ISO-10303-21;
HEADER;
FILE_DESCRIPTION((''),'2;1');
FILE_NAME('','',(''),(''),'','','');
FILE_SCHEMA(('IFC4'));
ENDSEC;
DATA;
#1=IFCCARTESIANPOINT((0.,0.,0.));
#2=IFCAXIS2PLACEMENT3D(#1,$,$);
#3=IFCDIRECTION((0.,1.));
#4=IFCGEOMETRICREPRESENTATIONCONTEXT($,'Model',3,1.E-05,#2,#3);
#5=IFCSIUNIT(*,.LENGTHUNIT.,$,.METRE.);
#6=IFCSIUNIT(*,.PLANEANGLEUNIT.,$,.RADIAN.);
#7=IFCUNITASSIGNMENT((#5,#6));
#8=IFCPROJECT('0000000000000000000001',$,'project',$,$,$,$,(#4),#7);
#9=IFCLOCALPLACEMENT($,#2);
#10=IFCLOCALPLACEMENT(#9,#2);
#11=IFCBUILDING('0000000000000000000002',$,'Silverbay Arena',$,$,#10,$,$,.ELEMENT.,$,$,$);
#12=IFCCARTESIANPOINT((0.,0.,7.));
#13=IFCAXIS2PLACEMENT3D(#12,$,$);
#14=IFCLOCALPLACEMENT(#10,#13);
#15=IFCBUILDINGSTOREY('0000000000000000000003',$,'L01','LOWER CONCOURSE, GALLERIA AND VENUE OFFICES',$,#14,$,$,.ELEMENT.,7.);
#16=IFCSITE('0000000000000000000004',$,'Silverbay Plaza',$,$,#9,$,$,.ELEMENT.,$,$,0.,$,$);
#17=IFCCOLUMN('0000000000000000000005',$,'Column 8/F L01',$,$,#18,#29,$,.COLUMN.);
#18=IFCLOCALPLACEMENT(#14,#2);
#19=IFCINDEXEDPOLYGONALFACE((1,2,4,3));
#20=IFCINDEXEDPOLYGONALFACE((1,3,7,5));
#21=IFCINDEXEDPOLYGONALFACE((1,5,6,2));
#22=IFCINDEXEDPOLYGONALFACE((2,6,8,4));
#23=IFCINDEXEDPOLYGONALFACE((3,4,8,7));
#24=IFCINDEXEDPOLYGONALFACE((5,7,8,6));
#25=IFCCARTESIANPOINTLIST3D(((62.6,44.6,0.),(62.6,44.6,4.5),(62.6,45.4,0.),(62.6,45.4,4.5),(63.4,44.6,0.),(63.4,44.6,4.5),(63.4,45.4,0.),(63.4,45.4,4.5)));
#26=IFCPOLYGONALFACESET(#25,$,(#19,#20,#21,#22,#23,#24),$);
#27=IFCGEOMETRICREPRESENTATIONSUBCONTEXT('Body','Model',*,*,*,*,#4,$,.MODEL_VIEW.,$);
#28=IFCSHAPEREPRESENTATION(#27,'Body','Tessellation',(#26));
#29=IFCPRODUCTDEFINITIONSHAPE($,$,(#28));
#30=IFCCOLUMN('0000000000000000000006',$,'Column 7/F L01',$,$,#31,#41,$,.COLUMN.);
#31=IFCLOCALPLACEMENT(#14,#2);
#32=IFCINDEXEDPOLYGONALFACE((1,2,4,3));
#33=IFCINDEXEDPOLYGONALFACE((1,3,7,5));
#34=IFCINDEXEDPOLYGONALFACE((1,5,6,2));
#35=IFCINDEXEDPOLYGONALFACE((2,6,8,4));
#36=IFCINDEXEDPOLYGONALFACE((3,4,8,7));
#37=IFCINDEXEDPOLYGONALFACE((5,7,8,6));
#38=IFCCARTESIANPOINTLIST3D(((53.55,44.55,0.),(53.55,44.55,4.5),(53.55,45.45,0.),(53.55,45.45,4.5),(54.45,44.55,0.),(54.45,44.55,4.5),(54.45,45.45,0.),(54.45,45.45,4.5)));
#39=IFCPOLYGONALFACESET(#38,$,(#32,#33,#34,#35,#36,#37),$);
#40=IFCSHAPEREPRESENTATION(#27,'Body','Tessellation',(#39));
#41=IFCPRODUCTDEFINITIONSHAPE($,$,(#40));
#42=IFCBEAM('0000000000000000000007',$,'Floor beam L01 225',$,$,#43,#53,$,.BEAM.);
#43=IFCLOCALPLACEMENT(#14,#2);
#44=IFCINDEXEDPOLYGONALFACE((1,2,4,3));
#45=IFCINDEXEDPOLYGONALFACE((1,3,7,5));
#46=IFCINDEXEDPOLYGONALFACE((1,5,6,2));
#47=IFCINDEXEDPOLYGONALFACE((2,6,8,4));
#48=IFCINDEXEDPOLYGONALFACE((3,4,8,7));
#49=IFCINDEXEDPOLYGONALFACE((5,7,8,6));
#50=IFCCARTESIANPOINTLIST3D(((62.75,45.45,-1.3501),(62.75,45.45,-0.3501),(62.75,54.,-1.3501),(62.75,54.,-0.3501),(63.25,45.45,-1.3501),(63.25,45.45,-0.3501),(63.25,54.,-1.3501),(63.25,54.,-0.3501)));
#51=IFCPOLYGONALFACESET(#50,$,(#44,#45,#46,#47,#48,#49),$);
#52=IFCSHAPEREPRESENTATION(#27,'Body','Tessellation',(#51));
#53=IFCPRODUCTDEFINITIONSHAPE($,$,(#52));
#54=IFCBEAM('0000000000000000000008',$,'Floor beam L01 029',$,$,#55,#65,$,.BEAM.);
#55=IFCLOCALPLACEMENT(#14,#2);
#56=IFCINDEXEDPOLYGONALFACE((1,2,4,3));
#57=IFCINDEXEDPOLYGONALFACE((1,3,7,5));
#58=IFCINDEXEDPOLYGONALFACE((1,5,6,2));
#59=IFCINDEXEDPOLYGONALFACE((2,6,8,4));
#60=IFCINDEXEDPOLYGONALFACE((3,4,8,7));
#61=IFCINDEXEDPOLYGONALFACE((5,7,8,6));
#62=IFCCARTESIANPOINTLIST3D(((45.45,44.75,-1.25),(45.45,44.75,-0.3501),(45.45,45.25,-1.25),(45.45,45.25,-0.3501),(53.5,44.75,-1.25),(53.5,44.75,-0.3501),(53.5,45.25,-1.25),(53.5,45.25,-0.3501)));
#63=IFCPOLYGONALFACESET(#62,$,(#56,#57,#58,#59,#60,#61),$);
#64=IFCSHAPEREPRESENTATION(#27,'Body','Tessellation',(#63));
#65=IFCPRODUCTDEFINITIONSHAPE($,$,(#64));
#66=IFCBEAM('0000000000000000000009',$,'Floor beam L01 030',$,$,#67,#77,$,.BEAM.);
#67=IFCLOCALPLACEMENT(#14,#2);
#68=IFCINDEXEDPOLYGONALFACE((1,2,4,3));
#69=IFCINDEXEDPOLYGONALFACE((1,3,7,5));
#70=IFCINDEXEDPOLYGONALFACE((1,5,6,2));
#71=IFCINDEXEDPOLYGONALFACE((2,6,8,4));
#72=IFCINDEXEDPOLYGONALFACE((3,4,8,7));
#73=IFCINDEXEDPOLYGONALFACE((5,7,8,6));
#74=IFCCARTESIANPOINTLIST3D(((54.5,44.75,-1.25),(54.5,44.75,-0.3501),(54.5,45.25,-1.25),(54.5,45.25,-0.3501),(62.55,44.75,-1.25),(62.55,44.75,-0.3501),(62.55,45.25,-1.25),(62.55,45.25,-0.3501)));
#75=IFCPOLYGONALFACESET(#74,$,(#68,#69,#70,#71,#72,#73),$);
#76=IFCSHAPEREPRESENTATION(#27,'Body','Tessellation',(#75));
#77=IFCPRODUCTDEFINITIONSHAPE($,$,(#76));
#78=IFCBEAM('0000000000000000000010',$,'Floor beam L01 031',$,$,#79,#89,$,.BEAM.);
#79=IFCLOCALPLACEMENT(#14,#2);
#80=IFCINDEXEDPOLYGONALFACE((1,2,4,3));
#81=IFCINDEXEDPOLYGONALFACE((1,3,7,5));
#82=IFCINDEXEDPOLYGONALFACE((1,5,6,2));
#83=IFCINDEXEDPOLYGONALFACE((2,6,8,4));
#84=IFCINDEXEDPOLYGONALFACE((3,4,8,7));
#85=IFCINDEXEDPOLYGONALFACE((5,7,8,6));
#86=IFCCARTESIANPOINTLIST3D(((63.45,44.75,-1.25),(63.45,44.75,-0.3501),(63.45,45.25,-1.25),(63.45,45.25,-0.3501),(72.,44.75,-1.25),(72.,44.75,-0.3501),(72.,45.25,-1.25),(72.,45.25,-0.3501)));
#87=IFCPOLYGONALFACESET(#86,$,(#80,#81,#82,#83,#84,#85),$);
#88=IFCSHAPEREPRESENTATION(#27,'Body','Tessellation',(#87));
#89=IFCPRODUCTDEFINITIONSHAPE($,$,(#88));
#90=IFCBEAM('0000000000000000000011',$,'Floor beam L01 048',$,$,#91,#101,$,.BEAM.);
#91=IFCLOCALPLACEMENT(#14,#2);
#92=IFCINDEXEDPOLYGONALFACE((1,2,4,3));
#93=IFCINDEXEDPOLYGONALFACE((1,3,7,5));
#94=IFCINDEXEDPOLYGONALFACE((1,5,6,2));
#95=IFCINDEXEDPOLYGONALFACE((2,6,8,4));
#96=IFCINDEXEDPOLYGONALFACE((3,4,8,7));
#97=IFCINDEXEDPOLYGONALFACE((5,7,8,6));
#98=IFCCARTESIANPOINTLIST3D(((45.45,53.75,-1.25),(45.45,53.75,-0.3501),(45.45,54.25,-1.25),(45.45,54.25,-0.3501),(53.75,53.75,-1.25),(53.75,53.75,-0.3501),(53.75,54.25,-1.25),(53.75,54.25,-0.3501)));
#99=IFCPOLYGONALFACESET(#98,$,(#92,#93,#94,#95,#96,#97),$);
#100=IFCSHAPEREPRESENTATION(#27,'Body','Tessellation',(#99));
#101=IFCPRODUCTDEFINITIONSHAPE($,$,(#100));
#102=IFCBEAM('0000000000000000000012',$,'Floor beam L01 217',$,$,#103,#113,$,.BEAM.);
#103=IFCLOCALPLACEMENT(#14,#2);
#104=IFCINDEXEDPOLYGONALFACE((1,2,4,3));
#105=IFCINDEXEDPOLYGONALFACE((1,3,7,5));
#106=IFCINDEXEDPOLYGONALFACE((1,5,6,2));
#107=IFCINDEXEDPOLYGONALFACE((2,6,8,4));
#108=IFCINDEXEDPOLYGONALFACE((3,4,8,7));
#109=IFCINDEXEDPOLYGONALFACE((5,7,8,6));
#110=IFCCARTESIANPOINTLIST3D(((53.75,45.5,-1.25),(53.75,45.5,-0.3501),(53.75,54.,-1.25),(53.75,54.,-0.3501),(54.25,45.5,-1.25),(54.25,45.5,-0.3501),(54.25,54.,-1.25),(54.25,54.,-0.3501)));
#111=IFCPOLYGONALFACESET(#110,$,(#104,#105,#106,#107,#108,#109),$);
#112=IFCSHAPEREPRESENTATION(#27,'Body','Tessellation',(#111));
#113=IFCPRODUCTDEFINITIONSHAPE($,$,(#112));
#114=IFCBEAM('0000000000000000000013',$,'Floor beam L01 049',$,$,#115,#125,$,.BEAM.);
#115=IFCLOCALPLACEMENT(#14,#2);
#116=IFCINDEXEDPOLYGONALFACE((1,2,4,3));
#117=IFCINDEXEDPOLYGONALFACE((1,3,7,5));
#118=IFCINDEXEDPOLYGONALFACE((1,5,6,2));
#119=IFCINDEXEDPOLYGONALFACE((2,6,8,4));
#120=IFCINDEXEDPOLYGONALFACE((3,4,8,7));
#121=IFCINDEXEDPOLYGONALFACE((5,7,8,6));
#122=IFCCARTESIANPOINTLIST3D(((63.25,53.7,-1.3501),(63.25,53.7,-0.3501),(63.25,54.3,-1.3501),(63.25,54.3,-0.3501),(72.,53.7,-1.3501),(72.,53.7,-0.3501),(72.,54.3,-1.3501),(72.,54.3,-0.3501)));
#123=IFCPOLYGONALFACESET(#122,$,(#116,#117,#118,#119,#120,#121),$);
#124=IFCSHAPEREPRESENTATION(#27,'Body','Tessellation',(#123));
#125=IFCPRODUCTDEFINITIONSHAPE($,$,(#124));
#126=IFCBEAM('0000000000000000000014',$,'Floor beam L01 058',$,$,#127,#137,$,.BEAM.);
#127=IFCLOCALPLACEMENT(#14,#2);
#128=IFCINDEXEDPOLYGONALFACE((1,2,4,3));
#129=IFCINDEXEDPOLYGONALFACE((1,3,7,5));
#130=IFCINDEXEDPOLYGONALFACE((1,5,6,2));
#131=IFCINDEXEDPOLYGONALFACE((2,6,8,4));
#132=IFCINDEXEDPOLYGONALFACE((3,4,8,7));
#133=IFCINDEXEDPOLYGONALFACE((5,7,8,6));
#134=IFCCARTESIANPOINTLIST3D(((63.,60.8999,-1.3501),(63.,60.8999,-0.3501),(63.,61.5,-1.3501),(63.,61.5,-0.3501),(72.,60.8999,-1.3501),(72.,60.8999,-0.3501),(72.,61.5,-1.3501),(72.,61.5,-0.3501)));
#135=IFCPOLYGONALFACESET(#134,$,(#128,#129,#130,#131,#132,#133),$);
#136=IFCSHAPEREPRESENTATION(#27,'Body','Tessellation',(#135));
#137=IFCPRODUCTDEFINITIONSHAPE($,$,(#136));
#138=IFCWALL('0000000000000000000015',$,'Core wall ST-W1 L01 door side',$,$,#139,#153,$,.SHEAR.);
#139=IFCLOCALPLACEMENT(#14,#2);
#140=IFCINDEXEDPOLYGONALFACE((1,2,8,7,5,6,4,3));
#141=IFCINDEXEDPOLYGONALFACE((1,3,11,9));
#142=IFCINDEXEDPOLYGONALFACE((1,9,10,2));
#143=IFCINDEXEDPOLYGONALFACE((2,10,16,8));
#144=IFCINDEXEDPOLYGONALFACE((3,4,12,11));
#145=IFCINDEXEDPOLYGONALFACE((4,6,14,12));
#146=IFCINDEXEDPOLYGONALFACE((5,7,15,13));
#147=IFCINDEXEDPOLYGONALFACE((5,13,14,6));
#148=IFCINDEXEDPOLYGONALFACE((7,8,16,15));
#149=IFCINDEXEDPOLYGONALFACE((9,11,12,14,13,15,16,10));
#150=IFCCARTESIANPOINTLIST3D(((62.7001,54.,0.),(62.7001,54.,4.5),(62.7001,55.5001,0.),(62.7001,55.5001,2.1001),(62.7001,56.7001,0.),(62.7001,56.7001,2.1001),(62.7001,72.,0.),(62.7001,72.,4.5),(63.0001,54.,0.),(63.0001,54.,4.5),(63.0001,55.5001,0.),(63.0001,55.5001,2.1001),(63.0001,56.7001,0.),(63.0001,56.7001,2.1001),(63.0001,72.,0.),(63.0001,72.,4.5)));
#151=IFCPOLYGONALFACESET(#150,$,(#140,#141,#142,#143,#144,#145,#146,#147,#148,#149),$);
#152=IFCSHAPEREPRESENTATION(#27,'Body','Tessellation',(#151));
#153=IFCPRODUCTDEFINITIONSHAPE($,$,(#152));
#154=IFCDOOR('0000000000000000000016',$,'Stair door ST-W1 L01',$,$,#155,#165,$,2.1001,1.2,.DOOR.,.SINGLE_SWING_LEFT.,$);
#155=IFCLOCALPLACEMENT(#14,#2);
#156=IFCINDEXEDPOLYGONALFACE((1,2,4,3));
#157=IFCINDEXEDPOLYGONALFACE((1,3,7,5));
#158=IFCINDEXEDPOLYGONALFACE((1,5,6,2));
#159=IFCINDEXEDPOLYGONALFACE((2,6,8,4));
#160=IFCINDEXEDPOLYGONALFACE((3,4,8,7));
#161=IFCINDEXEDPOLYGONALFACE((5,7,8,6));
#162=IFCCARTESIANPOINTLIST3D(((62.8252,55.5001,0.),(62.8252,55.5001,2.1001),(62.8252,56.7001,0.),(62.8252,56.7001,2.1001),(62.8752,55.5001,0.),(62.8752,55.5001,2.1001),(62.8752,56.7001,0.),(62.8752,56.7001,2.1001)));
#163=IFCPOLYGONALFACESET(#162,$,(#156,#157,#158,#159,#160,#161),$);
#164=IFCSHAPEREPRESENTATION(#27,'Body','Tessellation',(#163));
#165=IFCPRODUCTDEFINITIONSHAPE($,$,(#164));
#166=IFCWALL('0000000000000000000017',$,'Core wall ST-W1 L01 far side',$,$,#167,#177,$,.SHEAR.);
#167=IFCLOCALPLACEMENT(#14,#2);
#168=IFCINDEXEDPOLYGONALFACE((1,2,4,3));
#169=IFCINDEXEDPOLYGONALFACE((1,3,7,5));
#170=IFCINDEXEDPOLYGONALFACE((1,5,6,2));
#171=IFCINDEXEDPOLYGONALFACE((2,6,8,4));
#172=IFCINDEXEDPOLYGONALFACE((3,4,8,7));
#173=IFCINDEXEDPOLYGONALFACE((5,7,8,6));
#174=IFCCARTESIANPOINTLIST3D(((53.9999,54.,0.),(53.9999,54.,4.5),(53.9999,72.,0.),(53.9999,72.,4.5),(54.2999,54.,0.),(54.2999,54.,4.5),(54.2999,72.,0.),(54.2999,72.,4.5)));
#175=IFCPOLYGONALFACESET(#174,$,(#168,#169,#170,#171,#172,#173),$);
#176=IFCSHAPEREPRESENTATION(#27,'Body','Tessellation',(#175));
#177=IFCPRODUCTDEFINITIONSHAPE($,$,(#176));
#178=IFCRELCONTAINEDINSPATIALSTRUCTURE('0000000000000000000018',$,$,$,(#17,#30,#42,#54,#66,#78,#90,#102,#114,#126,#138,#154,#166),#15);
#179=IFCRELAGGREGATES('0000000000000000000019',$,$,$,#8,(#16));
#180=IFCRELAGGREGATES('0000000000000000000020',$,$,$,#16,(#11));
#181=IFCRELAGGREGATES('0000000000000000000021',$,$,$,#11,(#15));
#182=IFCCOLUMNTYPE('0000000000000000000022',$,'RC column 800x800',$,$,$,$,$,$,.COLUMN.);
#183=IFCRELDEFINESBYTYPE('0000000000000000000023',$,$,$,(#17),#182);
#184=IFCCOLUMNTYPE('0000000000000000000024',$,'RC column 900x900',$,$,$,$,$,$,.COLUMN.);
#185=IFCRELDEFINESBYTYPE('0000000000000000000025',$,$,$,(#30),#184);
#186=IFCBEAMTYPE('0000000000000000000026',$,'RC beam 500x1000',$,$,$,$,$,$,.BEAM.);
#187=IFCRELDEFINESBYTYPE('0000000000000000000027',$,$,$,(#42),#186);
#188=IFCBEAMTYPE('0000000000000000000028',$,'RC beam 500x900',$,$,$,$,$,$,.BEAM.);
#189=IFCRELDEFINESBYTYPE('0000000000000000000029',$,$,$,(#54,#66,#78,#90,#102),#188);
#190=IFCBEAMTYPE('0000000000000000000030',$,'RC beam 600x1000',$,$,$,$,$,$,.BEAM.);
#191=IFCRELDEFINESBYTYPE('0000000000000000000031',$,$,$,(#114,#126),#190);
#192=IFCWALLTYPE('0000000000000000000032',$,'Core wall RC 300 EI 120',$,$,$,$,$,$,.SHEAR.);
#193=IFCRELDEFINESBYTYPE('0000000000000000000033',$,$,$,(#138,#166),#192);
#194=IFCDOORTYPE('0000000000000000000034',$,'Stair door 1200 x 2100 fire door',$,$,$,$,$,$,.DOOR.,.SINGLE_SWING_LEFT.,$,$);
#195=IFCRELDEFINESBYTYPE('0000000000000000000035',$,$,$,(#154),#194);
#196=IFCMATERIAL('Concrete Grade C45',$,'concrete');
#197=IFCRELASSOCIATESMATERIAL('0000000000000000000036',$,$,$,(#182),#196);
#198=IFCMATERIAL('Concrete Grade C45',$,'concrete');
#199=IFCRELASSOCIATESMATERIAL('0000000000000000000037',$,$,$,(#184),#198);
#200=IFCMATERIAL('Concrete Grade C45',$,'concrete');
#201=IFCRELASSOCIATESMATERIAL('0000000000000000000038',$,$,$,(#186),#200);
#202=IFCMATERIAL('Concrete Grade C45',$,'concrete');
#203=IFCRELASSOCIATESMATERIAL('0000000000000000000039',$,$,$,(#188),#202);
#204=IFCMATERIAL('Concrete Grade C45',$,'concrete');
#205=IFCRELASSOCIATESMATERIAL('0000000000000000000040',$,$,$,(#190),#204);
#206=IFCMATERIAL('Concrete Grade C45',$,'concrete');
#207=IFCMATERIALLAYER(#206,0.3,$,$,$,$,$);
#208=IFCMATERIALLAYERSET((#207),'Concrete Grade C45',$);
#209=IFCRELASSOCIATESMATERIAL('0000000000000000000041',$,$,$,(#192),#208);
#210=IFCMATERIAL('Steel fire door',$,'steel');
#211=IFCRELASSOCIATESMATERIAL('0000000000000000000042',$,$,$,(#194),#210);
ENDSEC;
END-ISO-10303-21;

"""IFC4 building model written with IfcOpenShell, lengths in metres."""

from ifc_helpers import new_model, si_unit, direction, frame, frame_2d, origin, origin_2d, place, context, subcontext, project, spatial, rectangle, extrude, material, layer, layer_set, material_profile, profile_set, type_object, element, fill, save


model = new_model("IFC4")

# Units and contexts
model_context = context("Model", 3, precision=1e-05, world=origin(), true_north=direction((0.0, 1.0)))
body_context = subcontext(model_context, "Body", "Model", "MODEL_VIEW")
ifc_project = project(units=[si_unit("LENGTHUNIT", "METRE"), si_unit("PLANEANGLEUNIT", "RADIAN")], contexts=[model_context])

# Site, building, storey
site_placement = place(None, origin())
site = spatial("IfcSite", under=ifc_project, at=site_placement, Name="Silverbay Plaza", CompositionType="ELEMENT", RefElevation=0.0)
building_placement = place(site_placement, origin())
building = spatial("IfcBuilding", under=site, at=building_placement, Name="Silverbay Arena", CompositionType="ELEMENT")
storey_placement = place(building_placement, frame((0.0, 0.0, 7.0)))
storey = spatial("IfcBuildingStorey", under=building, at=storey_placement, Name="L01", Description="LOWER CONCOURSE, GALLERIA AND VENUE OFFICES", CompositionType="ELEMENT", Elevation=7.0)

# Columns
ifc_material_1 = material(Name="Concrete Grade C45", Category="concrete")
ifc_material_profile_1 = material_profile(ifc_material_1, rectangle(XDim=0.8, YDim=0.8, at=origin_2d()), Name="RC 800x800")
ifc_profile_set_1 = profile_set([ifc_material_profile_1], Name="Concrete Grade C45")
column_type_1 = type_object("IfcColumnType", Name="RC column 800x800", PredefinedType="COLUMN", material=ifc_profile_set_1)
column_1_placement = place(storey_placement, frame((63.0, 45.0, 0.0), z_axis=(0.0, 0.0, 1.0), x_axis=(1.0, 0.0, 0.0)))
element("IfcColumn", 1, at=column_1_placement, inside=storey, type_object=column_type_1, Name="Column 8/F L01", PredefinedType="COLUMN", context=body_context, shape_type="SweptSolid", body=[
    extrude(rectangle(XDim=0.8, YDim=0.8, at=origin_2d()), origin(), (0.0, 0.0, 1.0), 4.5),
])
ifc_material_2 = material(Name="Concrete Grade C45", Category="concrete")
ifc_material_profile_2 = material_profile(ifc_material_2, rectangle(XDim=0.8999, YDim=0.8999, at=origin_2d()), Name="RC 900x900")
ifc_profile_set_2 = profile_set([ifc_material_profile_2], Name="Concrete Grade C45")
column_type_2 = type_object("IfcColumnType", Name="RC column 900x900", PredefinedType="COLUMN", material=ifc_profile_set_2)
column_2_placement = place(storey_placement, frame((54.0, 45.0, 0.0), z_axis=(0.0, 0.0, 1.0), x_axis=(1.0, 0.0, 0.0)))
element("IfcColumn", 2, at=column_2_placement, inside=storey, type_object=column_type_2, Name="Column 7/F L01", PredefinedType="COLUMN", context=body_context, shape_type="SweptSolid", body=[
    extrude(rectangle(XDim=0.8999, YDim=0.8999, at=origin_2d()), origin(), (0.0, 0.0, 1.0), 4.5),
])

# Beams
ifc_material_3 = material(Name="Concrete Grade C45", Category="concrete")
ifc_material_profile_3 = material_profile(ifc_material_3, rectangle(XDim=0.5, YDim=1.0, at=origin_2d()), Name="RC 500x1000")
ifc_profile_set_3 = profile_set([ifc_material_profile_3], Name="Concrete Grade C45")
beam_type_1 = type_object("IfcBeamType", Name="RC beam 500x1000", PredefinedType="BEAM", material=ifc_profile_set_3)
beam_1_placement = place(storey_placement, frame((63.0, 45.45, -0.8501), z_axis=(0.0, 1.0, 0.0), x_axis=(-1.0, 0.0, 0.0)))
element("IfcBeam", 3, at=beam_1_placement, inside=storey, type_object=beam_type_1, Name="Floor beam L01 225", PredefinedType="BEAM", context=body_context, shape_type="SweptSolid", body=[
    extrude(rectangle(XDim=0.5, YDim=1.0, at=origin_2d()), origin(), (0.0, 0.0, 1.0), 8.55),
])
ifc_material_4 = material(Name="Concrete Grade C45", Category="concrete")
ifc_material_profile_4 = material_profile(ifc_material_4, rectangle(XDim=0.5, YDim=0.8999, at=origin_2d()), Name="RC 500x900")
ifc_profile_set_4 = profile_set([ifc_material_profile_4], Name="Concrete Grade C45")
beam_type_2 = type_object("IfcBeamType", Name="RC beam 500x900", PredefinedType="BEAM", material=ifc_profile_set_4)
for number, where, z_axis, x_axis, name in (
    (4, (45.45, 45.0, -0.8), (1.0, 0.0, 0.0), (0.0, 1.0, 0.0), "Floor beam L01 029"),
    (5, (54.5, 45.0, -0.8), (1.0, 0.0, 0.0), (0.0, 1.0, 0.0), "Floor beam L01 030"),
):
    element("IfcBeam", number, at=place(storey_placement, frame(where, z_axis=z_axis, x_axis=x_axis)), inside=storey, type_object=beam_type_2, Name=name, PredefinedType="BEAM", context=body_context, shape_type="SweptSolid", body=[
        extrude(rectangle(XDim=0.5, YDim=0.8999, at=origin_2d()), origin(), (0.0, 0.0, 1.0), 8.05),
    ])
beam_2_placement = place(storey_placement, frame((63.45, 45.0, -0.8), z_axis=(1.0, 0.0, 0.0), x_axis=(0.0, 1.0, 0.0)))
element("IfcBeam", 6, at=beam_2_placement, inside=storey, type_object=beam_type_2, Name="Floor beam L01 031", PredefinedType="BEAM", context=body_context, shape_type="SweptSolid", body=[
    extrude(rectangle(XDim=0.5, YDim=0.8999, at=origin_2d()), origin(), (0.0, 0.0, 1.0), 8.55),
])
beam_3_placement = place(storey_placement, frame((45.45, 54.0, -0.8), z_axis=(1.0, 0.0, 0.0), x_axis=(0.0, 1.0, 0.0)))
element("IfcBeam", 7, at=beam_3_placement, inside=storey, type_object=beam_type_2, Name="Floor beam L01 048", PredefinedType="BEAM", context=body_context, shape_type="SweptSolid", body=[
    extrude(rectangle(XDim=0.5, YDim=0.8999, at=origin_2d()), origin(), (0.0, 0.0, 1.0), 8.3),
])
beam_4_placement = place(storey_placement, frame((54.0, 45.5, -0.8), z_axis=(0.0, 1.0, 0.0), x_axis=(-1.0, 0.0, 0.0)))
element("IfcBeam", 8, at=beam_4_placement, inside=storey, type_object=beam_type_2, Name="Floor beam L01 217", PredefinedType="BEAM", context=body_context, shape_type="SweptSolid", body=[
    extrude(rectangle(XDim=0.5, YDim=0.8999, at=origin_2d()), origin(), (0.0, 0.0, 1.0), 8.5),
])
ifc_material_5 = material(Name="Concrete Grade C45", Category="concrete")
ifc_material_profile_5 = material_profile(ifc_material_5, rectangle(XDim=0.6001, YDim=1.0, at=origin_2d()), Name="RC 600x1000")
ifc_profile_set_5 = profile_set([ifc_material_profile_5], Name="Concrete Grade C45")
beam_type_3 = type_object("IfcBeamType", Name="RC beam 600x1000", PredefinedType="BEAM", material=ifc_profile_set_5)
beam_5_placement = place(storey_placement, frame((63.25, 54.0, -0.8501), z_axis=(1.0, 0.0, 0.0), x_axis=(0.0, 1.0, 0.0)))
element("IfcBeam", 9, at=beam_5_placement, inside=storey, type_object=beam_type_3, Name="Floor beam L01 049", PredefinedType="BEAM", context=body_context, shape_type="SweptSolid", body=[
    extrude(rectangle(XDim=0.6001, YDim=1.0, at=origin_2d()), origin(), (0.0, 0.0, 1.0), 8.75),
])
beam_6_placement = place(storey_placement, frame((63.0, 61.2, -0.8501), z_axis=(1.0, 0.0, 0.0), x_axis=(0.0, 1.0, 0.0)))
element("IfcBeam", 10, at=beam_6_placement, inside=storey, type_object=beam_type_3, Name="Floor beam L01 058", PredefinedType="BEAM", context=body_context, shape_type="SweptSolid", body=[
    extrude(rectangle(XDim=0.6001, YDim=1.0, at=origin_2d()), origin(), (0.0, 0.0, 1.0), 9.0),
])

# Wall, opening, door
ifc_material_6 = material(Name="Concrete Grade C45", Category="concrete")
ifc_layer_1 = layer(ifc_material_6, 0.3)
ifc_layer_set_1 = layer_set([ifc_layer_1], Name="Concrete Grade C45")
wall_type_1 = type_object("IfcWallType", Name="Core wall RC 300 EI 120", PredefinedType="SHEAR", material=ifc_layer_set_1)
wall_1_placement = place(storey_placement, frame((62.8501, 54.0, 0.0), z_axis=(0.0, 0.0, 1.0), x_axis=(0.0, 1.0, 0.0)))
wall_1 = element("IfcWall", 11, at=wall_1_placement, inside=storey, type_object=wall_type_1, Name="Core wall ST-W1 L01 door side", PredefinedType="SHEAR", context=body_context, shape_type="SweptSolid", body=[
    extrude(rectangle(XDim=18.0, YDim=0.3, at=frame_2d((9.0, 0.0))), origin(), (0.0, 0.0, 1.0), 4.5),
])
opening_1_placement = place(wall_1_placement, frame((1.5, 0.0, 0.0)))
opening_1 = element("IfcOpeningElement", 12, at=opening_1_placement, cuts=wall_1, PredefinedType="OPENING", context=body_context, shape_type="SweptSolid", body=[
    extrude(rectangle(XDim=1.2, YDim=2.1001, at=frame_2d((0.6001, 1.05))), frame((0.0, 0.1602, 0.0), z_axis=(0.0, -1.0, 0.0), x_axis=(1.0, 0.0, 0.0)), (0.0, 0.0, 1.0), 0.3201),
])
ifc_material_7 = material(Name="Steel fire door", Category="steel")
door_type_1 = type_object("IfcDoorType", Name="Stair door 1200 x 2100 fire door", OperationType="SINGLE_SWING_LEFT", PredefinedType="DOOR", material=ifc_material_7)
door_1_placement = place(opening_1_placement, origin())
door_1 = element("IfcDoor", 13, at=door_1_placement, inside=storey, type_object=door_type_1, Name="Stair door ST-W1 L01", OperationType="SINGLE_SWING_LEFT", OverallHeight=2.1001, OverallWidth=1.2, PredefinedType="DOOR", context=body_context, shape_type="SweptSolid", body=[
    extrude(rectangle(XDim=1.2, YDim=2.1001, at=frame_2d((0.6001, 1.05))), frame((0.0, 0.0249, 0.0), z_axis=(0.0, -1.0, 0.0), x_axis=(1.0, 0.0, 0.0)), (0.0, 0.0, 1.0), 0.05),
])
fill(opening_1, door_1)

# Wall
wall_2_placement = place(storey_placement, frame((54.1499, 54.0, 0.0), z_axis=(0.0, 0.0, 1.0), x_axis=(0.0, 1.0, 0.0)))
element("IfcWall", 14, at=wall_2_placement, inside=storey, type_object=wall_type_1, Name="Core wall ST-W1 L01 far side", PredefinedType="SHEAR", context=body_context, shape_type="SweptSolid", body=[
    extrude(rectangle(XDim=18.0, YDim=0.3, at=frame_2d((9.0, 0.0))), origin(), (0.0, 0.0, 1.0), 4.5),
])

save(model, "model.ifc")
